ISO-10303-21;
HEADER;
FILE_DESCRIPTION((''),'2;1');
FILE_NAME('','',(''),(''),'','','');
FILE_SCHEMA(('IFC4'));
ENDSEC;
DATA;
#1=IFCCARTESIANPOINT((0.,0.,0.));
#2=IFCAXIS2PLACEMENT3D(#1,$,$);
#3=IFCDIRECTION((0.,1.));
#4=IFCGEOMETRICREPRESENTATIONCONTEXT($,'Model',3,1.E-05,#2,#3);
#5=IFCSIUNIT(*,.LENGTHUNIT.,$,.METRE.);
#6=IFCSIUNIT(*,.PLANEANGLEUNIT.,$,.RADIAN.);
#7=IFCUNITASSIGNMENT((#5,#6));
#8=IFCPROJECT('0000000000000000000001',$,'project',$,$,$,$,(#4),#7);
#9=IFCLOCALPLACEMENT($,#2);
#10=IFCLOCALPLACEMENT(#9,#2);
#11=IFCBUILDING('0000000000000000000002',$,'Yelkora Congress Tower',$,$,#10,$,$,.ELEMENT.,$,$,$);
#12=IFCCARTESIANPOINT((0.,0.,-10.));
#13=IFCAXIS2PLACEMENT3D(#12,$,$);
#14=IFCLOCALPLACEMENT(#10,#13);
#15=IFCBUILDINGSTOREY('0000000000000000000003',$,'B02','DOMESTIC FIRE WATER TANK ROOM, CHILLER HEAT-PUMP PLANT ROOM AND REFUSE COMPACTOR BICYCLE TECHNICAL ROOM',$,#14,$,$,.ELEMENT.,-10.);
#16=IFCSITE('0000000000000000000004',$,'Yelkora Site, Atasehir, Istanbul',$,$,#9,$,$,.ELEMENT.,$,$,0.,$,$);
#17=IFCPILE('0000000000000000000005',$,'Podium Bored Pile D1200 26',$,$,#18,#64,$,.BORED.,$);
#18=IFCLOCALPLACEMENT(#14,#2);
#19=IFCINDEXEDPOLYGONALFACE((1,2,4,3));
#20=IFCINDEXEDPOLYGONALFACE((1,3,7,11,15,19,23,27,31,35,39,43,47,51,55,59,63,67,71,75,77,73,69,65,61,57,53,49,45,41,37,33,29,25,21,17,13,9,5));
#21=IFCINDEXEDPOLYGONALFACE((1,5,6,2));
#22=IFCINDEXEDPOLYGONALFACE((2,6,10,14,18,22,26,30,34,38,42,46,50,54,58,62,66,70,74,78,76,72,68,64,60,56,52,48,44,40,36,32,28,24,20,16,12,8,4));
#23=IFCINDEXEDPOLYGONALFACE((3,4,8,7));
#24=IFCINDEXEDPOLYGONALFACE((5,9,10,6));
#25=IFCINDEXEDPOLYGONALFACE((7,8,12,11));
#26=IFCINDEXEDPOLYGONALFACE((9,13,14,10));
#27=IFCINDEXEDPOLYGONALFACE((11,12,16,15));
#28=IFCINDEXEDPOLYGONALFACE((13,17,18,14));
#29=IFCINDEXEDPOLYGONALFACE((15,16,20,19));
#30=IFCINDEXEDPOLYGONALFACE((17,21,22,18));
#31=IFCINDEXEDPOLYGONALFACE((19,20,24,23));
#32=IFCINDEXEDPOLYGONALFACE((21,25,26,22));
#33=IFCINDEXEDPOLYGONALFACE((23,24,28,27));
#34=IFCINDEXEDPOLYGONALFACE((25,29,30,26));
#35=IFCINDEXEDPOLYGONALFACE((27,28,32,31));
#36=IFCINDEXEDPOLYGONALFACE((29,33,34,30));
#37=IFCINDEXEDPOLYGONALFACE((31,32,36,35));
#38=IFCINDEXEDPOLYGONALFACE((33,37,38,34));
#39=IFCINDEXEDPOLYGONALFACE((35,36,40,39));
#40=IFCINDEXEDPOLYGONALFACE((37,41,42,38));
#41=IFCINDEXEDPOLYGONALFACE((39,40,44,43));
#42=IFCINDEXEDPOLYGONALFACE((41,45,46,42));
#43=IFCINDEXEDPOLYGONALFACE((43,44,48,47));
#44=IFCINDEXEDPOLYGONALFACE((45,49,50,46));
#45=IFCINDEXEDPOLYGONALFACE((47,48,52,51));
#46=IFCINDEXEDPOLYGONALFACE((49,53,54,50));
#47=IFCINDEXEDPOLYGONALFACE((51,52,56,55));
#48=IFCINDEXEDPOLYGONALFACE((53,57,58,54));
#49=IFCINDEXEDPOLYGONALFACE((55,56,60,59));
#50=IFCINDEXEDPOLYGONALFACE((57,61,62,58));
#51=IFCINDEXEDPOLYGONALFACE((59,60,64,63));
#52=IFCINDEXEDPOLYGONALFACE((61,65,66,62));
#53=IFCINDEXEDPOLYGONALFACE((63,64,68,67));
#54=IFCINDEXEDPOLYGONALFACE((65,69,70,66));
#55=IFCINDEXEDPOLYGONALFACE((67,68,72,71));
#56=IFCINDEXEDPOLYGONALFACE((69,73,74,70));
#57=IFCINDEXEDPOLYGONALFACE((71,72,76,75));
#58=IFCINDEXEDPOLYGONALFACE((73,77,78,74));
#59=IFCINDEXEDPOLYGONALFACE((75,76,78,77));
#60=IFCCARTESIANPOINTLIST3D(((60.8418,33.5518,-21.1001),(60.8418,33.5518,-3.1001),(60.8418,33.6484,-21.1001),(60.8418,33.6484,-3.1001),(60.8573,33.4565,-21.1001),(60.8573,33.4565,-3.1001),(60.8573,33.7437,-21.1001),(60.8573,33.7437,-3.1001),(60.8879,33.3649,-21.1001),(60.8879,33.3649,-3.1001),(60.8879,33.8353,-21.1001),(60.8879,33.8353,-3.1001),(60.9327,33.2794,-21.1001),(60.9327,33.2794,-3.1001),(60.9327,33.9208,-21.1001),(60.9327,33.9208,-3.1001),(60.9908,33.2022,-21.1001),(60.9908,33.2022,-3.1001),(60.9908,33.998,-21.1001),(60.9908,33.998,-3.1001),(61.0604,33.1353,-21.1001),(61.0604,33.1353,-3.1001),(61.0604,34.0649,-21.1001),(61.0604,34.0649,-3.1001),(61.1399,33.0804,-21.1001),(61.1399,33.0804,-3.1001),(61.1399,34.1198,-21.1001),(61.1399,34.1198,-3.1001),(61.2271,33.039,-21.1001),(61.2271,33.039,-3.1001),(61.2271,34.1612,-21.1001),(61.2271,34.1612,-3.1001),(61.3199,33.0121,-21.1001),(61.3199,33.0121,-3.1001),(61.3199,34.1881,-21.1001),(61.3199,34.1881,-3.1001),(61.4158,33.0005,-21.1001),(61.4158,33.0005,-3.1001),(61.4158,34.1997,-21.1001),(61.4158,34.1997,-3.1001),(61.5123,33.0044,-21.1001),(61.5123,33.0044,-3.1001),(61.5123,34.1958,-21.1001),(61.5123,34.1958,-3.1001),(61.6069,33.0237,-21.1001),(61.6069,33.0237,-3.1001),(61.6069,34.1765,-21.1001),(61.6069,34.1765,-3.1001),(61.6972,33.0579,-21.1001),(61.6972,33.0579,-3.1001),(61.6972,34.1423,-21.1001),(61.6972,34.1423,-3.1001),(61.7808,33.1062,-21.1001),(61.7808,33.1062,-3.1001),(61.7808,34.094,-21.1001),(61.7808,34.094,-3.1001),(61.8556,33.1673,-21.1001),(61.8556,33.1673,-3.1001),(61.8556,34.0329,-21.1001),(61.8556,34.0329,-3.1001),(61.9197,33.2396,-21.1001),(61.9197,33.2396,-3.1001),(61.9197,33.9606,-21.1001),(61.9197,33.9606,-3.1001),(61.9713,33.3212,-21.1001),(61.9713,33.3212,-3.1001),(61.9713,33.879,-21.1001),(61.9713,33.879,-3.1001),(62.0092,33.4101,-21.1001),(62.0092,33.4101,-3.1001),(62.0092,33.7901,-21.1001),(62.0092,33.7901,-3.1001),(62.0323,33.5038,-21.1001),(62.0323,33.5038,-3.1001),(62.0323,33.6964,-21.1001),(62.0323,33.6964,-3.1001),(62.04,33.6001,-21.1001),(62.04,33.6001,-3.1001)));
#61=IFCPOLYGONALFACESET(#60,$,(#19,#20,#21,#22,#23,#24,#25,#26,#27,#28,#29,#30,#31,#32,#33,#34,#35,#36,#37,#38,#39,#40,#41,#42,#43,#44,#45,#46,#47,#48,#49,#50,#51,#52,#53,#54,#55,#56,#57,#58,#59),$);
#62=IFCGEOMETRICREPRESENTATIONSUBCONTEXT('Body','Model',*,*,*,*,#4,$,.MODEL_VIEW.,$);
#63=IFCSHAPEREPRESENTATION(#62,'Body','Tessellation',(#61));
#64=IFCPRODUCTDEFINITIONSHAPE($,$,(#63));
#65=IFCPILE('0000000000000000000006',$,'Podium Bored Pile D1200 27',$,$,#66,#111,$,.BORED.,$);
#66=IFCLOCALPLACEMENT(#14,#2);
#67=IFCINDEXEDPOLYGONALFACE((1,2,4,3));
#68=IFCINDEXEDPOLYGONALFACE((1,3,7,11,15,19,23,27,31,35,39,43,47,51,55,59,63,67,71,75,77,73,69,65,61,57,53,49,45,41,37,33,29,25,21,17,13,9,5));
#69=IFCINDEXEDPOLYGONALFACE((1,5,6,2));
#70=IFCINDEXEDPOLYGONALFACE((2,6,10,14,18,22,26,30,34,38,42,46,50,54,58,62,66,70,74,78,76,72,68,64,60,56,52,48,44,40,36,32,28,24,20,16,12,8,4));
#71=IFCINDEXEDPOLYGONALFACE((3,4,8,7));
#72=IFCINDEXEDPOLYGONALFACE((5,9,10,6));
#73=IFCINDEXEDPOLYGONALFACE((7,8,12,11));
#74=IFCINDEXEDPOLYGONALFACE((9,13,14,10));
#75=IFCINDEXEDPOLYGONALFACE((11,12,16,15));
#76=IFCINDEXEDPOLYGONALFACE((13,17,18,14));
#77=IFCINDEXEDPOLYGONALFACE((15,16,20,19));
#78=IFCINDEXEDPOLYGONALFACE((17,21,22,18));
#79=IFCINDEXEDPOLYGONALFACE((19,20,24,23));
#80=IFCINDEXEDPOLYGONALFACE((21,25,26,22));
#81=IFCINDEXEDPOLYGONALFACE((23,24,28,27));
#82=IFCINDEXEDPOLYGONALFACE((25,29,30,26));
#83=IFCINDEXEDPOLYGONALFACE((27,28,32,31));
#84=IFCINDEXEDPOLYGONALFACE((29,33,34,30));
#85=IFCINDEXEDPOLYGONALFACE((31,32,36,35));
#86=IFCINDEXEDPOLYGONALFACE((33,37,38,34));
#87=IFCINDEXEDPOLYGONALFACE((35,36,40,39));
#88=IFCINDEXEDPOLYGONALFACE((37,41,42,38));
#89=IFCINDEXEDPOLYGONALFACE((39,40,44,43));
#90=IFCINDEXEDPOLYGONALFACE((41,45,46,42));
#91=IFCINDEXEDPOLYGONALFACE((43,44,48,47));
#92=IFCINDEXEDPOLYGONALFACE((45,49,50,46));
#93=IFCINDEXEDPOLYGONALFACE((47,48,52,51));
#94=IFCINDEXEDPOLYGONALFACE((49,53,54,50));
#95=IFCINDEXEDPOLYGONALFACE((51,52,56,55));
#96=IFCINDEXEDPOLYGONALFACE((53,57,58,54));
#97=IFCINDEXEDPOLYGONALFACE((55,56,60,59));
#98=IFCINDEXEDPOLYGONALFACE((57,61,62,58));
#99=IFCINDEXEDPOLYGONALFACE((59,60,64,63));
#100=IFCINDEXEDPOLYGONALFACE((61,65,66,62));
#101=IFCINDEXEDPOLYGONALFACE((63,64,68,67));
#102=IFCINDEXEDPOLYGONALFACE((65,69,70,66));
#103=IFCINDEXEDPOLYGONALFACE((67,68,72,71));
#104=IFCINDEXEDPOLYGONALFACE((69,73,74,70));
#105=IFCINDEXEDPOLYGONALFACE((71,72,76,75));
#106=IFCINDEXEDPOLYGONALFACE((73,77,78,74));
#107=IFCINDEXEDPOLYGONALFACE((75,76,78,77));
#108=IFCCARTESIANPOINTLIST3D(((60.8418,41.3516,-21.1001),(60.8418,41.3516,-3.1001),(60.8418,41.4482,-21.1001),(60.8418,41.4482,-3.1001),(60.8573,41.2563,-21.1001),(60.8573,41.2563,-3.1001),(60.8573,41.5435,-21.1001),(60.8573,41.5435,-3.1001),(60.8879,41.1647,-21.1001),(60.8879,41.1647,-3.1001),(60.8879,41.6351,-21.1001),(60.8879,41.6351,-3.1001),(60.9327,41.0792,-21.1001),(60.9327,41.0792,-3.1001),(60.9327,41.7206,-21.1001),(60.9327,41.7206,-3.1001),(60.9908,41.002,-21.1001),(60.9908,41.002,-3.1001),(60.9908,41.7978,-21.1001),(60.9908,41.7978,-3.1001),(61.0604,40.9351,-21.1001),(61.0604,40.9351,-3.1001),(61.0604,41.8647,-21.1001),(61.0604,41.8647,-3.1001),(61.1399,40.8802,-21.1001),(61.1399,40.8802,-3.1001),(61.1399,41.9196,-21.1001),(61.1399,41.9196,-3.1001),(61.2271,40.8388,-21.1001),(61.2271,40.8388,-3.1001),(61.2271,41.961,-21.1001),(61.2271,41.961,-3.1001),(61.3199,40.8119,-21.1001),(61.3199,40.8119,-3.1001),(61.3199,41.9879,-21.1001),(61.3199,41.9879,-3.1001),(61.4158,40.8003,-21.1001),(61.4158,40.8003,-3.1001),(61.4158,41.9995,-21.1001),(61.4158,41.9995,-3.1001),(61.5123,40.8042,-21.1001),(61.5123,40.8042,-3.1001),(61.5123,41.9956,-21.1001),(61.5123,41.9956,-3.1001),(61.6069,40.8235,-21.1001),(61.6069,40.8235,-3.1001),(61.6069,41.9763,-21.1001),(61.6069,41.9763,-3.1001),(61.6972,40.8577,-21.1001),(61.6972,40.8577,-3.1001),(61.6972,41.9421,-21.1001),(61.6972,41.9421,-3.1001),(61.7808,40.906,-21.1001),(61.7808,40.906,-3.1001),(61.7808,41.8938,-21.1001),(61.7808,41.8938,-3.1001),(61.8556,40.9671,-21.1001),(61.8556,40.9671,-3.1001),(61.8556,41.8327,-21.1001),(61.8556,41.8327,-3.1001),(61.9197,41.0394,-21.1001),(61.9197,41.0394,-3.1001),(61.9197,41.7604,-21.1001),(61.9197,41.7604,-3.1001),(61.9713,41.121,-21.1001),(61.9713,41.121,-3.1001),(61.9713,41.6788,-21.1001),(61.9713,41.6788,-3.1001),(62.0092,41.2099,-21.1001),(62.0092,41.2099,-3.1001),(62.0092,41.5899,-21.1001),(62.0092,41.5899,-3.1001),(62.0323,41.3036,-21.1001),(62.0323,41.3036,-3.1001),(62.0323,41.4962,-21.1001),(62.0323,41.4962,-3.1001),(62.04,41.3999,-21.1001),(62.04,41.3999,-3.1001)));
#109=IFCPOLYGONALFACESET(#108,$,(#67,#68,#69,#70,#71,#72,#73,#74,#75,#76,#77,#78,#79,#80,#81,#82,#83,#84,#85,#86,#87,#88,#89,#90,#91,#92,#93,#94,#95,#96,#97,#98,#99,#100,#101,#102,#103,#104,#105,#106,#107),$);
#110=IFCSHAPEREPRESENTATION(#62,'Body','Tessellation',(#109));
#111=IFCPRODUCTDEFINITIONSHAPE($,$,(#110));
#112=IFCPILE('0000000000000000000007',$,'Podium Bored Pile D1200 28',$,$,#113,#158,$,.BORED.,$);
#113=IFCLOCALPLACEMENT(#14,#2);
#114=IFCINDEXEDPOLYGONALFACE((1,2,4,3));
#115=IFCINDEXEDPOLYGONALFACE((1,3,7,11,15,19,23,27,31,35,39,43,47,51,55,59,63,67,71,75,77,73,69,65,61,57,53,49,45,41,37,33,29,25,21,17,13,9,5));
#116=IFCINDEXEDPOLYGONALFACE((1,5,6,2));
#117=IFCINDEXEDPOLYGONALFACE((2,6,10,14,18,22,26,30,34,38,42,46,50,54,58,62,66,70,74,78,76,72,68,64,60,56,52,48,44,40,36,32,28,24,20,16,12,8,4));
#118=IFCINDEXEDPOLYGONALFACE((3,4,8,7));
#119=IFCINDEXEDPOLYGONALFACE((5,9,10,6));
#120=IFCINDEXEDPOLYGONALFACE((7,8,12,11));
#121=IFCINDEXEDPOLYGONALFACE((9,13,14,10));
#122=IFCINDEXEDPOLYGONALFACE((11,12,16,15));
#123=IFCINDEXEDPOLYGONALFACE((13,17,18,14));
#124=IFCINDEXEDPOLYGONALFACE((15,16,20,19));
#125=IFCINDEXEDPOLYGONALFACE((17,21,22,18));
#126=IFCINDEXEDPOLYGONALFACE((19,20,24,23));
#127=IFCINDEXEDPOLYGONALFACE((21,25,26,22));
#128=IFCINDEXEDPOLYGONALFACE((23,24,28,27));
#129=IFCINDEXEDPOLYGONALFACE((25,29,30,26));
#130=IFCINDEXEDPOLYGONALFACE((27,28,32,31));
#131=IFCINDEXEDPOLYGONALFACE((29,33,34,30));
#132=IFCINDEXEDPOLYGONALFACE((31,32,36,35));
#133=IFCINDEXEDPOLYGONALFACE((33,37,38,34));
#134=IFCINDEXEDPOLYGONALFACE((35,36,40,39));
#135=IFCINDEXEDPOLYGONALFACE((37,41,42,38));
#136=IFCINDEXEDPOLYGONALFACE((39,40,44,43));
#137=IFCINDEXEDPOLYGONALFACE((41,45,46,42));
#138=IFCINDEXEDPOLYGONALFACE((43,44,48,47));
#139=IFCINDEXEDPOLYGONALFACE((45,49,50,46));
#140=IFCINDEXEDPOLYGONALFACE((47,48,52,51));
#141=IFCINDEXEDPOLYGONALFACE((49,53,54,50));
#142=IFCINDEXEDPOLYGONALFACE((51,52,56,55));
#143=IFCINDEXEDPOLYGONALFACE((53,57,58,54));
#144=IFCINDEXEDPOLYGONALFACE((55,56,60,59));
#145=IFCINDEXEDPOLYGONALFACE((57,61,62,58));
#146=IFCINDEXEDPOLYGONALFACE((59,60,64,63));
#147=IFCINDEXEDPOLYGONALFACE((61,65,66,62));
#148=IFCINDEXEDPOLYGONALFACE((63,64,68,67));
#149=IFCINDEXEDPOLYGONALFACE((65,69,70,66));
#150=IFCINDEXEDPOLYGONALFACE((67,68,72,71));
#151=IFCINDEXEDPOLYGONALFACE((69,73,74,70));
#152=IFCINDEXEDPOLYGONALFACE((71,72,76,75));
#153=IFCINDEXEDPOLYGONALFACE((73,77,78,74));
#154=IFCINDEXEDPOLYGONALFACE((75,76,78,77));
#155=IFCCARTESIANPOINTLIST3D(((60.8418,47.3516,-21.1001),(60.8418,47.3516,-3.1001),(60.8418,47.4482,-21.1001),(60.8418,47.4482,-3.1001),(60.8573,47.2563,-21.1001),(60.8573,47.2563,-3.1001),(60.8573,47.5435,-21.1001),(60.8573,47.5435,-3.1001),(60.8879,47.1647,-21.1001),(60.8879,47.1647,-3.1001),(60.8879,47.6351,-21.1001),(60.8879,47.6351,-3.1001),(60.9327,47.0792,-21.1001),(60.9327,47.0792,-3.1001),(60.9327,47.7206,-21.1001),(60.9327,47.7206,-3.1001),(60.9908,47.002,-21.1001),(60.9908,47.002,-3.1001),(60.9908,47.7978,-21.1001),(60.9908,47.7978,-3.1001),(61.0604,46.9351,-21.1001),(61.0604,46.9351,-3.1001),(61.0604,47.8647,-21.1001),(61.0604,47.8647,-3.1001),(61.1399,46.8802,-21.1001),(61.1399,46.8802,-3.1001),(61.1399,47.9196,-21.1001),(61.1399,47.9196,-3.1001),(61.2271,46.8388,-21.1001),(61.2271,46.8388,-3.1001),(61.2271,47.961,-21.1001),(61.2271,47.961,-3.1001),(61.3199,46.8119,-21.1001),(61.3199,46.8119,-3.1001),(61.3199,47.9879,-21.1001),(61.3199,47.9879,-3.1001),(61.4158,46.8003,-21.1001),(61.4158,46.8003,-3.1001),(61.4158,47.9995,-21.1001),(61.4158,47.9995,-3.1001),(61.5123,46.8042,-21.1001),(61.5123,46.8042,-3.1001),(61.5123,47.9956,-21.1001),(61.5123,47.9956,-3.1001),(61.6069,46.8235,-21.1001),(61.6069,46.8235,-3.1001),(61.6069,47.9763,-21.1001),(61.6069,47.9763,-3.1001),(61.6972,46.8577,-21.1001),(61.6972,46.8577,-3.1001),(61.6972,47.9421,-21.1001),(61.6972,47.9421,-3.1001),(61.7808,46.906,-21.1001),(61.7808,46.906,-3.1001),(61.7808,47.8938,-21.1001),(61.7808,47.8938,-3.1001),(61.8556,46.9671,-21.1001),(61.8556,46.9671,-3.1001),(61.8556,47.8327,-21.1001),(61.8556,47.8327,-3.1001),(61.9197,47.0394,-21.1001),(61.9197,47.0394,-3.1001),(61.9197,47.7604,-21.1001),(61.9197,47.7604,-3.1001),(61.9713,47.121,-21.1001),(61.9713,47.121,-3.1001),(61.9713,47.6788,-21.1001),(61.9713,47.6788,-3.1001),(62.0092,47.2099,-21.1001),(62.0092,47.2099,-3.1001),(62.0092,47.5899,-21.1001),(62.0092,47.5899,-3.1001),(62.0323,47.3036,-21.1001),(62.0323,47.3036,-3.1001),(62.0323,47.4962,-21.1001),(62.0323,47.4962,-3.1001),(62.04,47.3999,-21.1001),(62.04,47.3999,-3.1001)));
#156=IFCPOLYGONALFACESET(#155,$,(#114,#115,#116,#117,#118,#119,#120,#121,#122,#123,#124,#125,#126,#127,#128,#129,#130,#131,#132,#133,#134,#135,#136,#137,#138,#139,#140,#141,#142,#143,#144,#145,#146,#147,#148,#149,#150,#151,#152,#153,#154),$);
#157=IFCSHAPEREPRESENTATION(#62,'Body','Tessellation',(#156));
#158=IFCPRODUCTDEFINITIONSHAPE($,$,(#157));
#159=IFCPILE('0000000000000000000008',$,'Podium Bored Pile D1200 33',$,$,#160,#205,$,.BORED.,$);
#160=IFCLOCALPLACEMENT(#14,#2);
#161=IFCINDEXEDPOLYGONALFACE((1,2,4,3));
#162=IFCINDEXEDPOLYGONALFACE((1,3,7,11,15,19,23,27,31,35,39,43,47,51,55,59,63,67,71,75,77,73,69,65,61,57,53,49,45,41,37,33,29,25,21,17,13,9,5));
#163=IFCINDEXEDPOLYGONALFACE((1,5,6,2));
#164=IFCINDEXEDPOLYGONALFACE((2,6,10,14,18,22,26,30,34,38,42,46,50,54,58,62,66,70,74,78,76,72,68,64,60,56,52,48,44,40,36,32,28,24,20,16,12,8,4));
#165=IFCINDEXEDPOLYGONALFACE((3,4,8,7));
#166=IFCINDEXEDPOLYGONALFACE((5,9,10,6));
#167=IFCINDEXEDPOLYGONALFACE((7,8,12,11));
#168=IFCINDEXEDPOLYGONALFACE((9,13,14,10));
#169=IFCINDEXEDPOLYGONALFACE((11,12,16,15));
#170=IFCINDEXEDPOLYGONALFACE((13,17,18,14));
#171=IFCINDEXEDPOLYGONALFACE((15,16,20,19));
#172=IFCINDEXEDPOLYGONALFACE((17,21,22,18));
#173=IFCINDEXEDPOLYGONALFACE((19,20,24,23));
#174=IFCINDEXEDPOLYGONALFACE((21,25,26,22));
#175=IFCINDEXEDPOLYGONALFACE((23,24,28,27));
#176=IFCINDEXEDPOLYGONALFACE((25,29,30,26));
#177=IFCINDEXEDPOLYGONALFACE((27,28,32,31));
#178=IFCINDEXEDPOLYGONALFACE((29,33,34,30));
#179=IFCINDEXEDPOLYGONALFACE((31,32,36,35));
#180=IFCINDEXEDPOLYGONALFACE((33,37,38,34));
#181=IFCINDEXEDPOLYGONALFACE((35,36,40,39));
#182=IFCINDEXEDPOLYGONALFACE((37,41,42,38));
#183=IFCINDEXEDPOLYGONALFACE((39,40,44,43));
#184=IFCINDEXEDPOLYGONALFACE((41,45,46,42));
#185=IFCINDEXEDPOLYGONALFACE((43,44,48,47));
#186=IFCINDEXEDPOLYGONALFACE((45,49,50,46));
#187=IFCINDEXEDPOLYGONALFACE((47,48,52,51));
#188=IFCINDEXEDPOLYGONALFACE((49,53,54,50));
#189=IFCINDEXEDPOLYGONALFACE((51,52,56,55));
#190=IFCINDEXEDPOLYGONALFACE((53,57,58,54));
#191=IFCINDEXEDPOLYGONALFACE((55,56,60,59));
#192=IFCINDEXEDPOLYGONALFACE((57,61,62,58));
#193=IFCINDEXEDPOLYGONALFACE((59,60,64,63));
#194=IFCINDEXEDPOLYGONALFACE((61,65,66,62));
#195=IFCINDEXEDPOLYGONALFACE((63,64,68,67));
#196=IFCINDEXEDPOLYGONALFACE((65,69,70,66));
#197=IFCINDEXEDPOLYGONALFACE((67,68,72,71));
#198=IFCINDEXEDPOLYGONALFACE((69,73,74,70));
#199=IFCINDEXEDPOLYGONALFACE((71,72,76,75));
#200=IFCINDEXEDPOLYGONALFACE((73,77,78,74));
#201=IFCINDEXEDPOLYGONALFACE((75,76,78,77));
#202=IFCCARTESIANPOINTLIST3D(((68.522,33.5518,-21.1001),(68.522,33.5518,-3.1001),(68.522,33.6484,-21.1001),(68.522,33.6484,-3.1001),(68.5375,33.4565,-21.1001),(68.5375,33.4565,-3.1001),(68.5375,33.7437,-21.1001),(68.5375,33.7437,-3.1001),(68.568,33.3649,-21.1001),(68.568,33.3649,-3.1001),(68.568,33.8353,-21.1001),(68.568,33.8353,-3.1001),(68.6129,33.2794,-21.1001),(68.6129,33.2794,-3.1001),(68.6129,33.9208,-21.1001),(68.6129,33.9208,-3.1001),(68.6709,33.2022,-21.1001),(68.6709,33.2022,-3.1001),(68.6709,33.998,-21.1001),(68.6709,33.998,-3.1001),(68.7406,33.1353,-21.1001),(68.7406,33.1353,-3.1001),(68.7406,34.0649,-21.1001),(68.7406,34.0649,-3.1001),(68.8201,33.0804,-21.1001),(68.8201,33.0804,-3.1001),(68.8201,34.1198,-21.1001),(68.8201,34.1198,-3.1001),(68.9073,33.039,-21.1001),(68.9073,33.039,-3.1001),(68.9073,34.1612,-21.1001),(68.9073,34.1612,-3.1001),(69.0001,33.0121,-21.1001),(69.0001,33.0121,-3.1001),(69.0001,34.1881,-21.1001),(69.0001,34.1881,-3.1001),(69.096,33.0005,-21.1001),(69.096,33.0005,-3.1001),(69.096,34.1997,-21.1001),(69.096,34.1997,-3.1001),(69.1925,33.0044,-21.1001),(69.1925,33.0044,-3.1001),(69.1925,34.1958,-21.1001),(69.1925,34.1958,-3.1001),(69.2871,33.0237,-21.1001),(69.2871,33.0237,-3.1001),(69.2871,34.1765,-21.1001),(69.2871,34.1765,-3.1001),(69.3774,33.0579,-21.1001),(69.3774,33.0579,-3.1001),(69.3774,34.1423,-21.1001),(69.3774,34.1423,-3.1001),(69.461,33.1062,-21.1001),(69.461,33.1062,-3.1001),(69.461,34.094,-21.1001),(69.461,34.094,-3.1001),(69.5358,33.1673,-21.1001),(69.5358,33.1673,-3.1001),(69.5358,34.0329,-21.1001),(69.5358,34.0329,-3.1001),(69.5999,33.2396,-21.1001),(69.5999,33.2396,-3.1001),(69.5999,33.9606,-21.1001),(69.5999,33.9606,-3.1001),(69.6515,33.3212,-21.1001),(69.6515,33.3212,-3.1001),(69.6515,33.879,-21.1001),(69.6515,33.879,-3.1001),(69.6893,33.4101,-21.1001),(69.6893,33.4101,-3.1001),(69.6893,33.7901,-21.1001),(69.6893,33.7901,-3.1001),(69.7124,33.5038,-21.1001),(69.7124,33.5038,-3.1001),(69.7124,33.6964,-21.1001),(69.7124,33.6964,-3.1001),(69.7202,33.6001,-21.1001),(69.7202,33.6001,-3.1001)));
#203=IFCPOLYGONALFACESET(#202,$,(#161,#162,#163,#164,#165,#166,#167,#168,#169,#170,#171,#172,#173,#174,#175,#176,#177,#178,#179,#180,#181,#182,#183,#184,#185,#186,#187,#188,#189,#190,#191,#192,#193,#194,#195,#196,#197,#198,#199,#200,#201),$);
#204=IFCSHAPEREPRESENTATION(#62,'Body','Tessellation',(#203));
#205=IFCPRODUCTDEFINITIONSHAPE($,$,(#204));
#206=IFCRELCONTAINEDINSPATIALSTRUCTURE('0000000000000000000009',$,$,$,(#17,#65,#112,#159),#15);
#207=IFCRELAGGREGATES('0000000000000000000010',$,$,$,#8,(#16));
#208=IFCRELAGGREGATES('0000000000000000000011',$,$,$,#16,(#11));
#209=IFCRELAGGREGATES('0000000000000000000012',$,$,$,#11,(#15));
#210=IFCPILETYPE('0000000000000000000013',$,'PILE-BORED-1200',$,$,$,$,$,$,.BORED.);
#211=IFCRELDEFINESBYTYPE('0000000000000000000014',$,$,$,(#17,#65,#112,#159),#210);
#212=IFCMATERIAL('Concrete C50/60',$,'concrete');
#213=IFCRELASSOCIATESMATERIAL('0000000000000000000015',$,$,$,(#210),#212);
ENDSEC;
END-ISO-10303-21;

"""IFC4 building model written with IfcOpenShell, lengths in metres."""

from ifc_helpers import new_model, si_unit, direction, frame, origin, origin_2d, place, context, subcontext, project, spatial, circle, extrude, material, material_profile, profile_set, type_object, element, save


model = new_model("IFC4")

# Units and contexts
model_context = context("Model", 3, precision=1e-05, world=origin(), true_north=direction((0.0, 1.0)))
body_context = subcontext(model_context, "Body", "Model", "MODEL_VIEW")
ifc_project = project(units=[si_unit("LENGTHUNIT", "METRE"), si_unit("PLANEANGLEUNIT", "RADIAN")], contexts=[model_context])

# Site, building, storey
site_placement = place(None, origin())
site = spatial("IfcSite", under=ifc_project, at=site_placement, Name="Yelkora Site, Atasehir, Istanbul", CompositionType="ELEMENT", RefElevation=0.0)
building_placement = place(site_placement, origin())
building = spatial("IfcBuilding", under=site, at=building_placement, Name="Yelkora Congress Tower", CompositionType="ELEMENT")
storey_placement = place(building_placement, frame((0.0, 0.0, -10.0)))
storey = spatial("IfcBuildingStorey", under=building, at=storey_placement, Name="B02", Description="DOMESTIC FIRE WATER TANK ROOM, CHILLER HEAT-PUMP PLANT ROOM AND REFUSE COMPACTOR BICYCLE TECHNICAL ROOM", CompositionType="ELEMENT", Elevation=-10.0)

# Piles
ifc_material_1 = material(Name="Concrete C50/60", Category="concrete")
ifc_material_profile_1 = material_profile(ifc_material_1, circle(Radius=0.6001, at=origin_2d()), Name="PILE D1200")
ifc_profile_set_1 = profile_set([ifc_material_profile_1], Name="Concrete C50/60")
pile_type = type_object("IfcPileType", Name="PILE-BORED-1200", PredefinedType="BORED", material=ifc_profile_set_1)
for number, where, z_axis, x_axis, name in (
    (1, (61.4399, 33.6001, -3.1001), (0.0, 0.0, -1.0), (1.0, 0.0, 0.0), "Podium Bored Pile D1200 26"),
    (2, (61.4399, 41.3999, -3.1001), (0.0, 0.0, -1.0), (1.0, 0.0, 0.0), "Podium Bored Pile D1200 27"),
    (3, (61.4399, 47.3999, -3.1001), (0.0, 0.0, -1.0), (1.0, 0.0, 0.0), "Podium Bored Pile D1200 28"),
    (4, (69.1201, 33.6001, -3.1001), (0.0, 0.0, -1.0), (1.0, 0.0, 0.0), "Podium Bored Pile D1200 33"),
):
    element("IfcPile", number, at=place(storey_placement, frame(where, z_axis=z_axis, x_axis=x_axis)), inside=storey, type_object=pile_type, Name=name, PredefinedType="BORED", context=body_context, shape_type="SweptSolid", body=[
        extrude(circle(Radius=0.6001, at=origin_2d()), origin(), (0.0, 0.0, 1.0), 18.0),
    ])

save(model, "model.ifc")
